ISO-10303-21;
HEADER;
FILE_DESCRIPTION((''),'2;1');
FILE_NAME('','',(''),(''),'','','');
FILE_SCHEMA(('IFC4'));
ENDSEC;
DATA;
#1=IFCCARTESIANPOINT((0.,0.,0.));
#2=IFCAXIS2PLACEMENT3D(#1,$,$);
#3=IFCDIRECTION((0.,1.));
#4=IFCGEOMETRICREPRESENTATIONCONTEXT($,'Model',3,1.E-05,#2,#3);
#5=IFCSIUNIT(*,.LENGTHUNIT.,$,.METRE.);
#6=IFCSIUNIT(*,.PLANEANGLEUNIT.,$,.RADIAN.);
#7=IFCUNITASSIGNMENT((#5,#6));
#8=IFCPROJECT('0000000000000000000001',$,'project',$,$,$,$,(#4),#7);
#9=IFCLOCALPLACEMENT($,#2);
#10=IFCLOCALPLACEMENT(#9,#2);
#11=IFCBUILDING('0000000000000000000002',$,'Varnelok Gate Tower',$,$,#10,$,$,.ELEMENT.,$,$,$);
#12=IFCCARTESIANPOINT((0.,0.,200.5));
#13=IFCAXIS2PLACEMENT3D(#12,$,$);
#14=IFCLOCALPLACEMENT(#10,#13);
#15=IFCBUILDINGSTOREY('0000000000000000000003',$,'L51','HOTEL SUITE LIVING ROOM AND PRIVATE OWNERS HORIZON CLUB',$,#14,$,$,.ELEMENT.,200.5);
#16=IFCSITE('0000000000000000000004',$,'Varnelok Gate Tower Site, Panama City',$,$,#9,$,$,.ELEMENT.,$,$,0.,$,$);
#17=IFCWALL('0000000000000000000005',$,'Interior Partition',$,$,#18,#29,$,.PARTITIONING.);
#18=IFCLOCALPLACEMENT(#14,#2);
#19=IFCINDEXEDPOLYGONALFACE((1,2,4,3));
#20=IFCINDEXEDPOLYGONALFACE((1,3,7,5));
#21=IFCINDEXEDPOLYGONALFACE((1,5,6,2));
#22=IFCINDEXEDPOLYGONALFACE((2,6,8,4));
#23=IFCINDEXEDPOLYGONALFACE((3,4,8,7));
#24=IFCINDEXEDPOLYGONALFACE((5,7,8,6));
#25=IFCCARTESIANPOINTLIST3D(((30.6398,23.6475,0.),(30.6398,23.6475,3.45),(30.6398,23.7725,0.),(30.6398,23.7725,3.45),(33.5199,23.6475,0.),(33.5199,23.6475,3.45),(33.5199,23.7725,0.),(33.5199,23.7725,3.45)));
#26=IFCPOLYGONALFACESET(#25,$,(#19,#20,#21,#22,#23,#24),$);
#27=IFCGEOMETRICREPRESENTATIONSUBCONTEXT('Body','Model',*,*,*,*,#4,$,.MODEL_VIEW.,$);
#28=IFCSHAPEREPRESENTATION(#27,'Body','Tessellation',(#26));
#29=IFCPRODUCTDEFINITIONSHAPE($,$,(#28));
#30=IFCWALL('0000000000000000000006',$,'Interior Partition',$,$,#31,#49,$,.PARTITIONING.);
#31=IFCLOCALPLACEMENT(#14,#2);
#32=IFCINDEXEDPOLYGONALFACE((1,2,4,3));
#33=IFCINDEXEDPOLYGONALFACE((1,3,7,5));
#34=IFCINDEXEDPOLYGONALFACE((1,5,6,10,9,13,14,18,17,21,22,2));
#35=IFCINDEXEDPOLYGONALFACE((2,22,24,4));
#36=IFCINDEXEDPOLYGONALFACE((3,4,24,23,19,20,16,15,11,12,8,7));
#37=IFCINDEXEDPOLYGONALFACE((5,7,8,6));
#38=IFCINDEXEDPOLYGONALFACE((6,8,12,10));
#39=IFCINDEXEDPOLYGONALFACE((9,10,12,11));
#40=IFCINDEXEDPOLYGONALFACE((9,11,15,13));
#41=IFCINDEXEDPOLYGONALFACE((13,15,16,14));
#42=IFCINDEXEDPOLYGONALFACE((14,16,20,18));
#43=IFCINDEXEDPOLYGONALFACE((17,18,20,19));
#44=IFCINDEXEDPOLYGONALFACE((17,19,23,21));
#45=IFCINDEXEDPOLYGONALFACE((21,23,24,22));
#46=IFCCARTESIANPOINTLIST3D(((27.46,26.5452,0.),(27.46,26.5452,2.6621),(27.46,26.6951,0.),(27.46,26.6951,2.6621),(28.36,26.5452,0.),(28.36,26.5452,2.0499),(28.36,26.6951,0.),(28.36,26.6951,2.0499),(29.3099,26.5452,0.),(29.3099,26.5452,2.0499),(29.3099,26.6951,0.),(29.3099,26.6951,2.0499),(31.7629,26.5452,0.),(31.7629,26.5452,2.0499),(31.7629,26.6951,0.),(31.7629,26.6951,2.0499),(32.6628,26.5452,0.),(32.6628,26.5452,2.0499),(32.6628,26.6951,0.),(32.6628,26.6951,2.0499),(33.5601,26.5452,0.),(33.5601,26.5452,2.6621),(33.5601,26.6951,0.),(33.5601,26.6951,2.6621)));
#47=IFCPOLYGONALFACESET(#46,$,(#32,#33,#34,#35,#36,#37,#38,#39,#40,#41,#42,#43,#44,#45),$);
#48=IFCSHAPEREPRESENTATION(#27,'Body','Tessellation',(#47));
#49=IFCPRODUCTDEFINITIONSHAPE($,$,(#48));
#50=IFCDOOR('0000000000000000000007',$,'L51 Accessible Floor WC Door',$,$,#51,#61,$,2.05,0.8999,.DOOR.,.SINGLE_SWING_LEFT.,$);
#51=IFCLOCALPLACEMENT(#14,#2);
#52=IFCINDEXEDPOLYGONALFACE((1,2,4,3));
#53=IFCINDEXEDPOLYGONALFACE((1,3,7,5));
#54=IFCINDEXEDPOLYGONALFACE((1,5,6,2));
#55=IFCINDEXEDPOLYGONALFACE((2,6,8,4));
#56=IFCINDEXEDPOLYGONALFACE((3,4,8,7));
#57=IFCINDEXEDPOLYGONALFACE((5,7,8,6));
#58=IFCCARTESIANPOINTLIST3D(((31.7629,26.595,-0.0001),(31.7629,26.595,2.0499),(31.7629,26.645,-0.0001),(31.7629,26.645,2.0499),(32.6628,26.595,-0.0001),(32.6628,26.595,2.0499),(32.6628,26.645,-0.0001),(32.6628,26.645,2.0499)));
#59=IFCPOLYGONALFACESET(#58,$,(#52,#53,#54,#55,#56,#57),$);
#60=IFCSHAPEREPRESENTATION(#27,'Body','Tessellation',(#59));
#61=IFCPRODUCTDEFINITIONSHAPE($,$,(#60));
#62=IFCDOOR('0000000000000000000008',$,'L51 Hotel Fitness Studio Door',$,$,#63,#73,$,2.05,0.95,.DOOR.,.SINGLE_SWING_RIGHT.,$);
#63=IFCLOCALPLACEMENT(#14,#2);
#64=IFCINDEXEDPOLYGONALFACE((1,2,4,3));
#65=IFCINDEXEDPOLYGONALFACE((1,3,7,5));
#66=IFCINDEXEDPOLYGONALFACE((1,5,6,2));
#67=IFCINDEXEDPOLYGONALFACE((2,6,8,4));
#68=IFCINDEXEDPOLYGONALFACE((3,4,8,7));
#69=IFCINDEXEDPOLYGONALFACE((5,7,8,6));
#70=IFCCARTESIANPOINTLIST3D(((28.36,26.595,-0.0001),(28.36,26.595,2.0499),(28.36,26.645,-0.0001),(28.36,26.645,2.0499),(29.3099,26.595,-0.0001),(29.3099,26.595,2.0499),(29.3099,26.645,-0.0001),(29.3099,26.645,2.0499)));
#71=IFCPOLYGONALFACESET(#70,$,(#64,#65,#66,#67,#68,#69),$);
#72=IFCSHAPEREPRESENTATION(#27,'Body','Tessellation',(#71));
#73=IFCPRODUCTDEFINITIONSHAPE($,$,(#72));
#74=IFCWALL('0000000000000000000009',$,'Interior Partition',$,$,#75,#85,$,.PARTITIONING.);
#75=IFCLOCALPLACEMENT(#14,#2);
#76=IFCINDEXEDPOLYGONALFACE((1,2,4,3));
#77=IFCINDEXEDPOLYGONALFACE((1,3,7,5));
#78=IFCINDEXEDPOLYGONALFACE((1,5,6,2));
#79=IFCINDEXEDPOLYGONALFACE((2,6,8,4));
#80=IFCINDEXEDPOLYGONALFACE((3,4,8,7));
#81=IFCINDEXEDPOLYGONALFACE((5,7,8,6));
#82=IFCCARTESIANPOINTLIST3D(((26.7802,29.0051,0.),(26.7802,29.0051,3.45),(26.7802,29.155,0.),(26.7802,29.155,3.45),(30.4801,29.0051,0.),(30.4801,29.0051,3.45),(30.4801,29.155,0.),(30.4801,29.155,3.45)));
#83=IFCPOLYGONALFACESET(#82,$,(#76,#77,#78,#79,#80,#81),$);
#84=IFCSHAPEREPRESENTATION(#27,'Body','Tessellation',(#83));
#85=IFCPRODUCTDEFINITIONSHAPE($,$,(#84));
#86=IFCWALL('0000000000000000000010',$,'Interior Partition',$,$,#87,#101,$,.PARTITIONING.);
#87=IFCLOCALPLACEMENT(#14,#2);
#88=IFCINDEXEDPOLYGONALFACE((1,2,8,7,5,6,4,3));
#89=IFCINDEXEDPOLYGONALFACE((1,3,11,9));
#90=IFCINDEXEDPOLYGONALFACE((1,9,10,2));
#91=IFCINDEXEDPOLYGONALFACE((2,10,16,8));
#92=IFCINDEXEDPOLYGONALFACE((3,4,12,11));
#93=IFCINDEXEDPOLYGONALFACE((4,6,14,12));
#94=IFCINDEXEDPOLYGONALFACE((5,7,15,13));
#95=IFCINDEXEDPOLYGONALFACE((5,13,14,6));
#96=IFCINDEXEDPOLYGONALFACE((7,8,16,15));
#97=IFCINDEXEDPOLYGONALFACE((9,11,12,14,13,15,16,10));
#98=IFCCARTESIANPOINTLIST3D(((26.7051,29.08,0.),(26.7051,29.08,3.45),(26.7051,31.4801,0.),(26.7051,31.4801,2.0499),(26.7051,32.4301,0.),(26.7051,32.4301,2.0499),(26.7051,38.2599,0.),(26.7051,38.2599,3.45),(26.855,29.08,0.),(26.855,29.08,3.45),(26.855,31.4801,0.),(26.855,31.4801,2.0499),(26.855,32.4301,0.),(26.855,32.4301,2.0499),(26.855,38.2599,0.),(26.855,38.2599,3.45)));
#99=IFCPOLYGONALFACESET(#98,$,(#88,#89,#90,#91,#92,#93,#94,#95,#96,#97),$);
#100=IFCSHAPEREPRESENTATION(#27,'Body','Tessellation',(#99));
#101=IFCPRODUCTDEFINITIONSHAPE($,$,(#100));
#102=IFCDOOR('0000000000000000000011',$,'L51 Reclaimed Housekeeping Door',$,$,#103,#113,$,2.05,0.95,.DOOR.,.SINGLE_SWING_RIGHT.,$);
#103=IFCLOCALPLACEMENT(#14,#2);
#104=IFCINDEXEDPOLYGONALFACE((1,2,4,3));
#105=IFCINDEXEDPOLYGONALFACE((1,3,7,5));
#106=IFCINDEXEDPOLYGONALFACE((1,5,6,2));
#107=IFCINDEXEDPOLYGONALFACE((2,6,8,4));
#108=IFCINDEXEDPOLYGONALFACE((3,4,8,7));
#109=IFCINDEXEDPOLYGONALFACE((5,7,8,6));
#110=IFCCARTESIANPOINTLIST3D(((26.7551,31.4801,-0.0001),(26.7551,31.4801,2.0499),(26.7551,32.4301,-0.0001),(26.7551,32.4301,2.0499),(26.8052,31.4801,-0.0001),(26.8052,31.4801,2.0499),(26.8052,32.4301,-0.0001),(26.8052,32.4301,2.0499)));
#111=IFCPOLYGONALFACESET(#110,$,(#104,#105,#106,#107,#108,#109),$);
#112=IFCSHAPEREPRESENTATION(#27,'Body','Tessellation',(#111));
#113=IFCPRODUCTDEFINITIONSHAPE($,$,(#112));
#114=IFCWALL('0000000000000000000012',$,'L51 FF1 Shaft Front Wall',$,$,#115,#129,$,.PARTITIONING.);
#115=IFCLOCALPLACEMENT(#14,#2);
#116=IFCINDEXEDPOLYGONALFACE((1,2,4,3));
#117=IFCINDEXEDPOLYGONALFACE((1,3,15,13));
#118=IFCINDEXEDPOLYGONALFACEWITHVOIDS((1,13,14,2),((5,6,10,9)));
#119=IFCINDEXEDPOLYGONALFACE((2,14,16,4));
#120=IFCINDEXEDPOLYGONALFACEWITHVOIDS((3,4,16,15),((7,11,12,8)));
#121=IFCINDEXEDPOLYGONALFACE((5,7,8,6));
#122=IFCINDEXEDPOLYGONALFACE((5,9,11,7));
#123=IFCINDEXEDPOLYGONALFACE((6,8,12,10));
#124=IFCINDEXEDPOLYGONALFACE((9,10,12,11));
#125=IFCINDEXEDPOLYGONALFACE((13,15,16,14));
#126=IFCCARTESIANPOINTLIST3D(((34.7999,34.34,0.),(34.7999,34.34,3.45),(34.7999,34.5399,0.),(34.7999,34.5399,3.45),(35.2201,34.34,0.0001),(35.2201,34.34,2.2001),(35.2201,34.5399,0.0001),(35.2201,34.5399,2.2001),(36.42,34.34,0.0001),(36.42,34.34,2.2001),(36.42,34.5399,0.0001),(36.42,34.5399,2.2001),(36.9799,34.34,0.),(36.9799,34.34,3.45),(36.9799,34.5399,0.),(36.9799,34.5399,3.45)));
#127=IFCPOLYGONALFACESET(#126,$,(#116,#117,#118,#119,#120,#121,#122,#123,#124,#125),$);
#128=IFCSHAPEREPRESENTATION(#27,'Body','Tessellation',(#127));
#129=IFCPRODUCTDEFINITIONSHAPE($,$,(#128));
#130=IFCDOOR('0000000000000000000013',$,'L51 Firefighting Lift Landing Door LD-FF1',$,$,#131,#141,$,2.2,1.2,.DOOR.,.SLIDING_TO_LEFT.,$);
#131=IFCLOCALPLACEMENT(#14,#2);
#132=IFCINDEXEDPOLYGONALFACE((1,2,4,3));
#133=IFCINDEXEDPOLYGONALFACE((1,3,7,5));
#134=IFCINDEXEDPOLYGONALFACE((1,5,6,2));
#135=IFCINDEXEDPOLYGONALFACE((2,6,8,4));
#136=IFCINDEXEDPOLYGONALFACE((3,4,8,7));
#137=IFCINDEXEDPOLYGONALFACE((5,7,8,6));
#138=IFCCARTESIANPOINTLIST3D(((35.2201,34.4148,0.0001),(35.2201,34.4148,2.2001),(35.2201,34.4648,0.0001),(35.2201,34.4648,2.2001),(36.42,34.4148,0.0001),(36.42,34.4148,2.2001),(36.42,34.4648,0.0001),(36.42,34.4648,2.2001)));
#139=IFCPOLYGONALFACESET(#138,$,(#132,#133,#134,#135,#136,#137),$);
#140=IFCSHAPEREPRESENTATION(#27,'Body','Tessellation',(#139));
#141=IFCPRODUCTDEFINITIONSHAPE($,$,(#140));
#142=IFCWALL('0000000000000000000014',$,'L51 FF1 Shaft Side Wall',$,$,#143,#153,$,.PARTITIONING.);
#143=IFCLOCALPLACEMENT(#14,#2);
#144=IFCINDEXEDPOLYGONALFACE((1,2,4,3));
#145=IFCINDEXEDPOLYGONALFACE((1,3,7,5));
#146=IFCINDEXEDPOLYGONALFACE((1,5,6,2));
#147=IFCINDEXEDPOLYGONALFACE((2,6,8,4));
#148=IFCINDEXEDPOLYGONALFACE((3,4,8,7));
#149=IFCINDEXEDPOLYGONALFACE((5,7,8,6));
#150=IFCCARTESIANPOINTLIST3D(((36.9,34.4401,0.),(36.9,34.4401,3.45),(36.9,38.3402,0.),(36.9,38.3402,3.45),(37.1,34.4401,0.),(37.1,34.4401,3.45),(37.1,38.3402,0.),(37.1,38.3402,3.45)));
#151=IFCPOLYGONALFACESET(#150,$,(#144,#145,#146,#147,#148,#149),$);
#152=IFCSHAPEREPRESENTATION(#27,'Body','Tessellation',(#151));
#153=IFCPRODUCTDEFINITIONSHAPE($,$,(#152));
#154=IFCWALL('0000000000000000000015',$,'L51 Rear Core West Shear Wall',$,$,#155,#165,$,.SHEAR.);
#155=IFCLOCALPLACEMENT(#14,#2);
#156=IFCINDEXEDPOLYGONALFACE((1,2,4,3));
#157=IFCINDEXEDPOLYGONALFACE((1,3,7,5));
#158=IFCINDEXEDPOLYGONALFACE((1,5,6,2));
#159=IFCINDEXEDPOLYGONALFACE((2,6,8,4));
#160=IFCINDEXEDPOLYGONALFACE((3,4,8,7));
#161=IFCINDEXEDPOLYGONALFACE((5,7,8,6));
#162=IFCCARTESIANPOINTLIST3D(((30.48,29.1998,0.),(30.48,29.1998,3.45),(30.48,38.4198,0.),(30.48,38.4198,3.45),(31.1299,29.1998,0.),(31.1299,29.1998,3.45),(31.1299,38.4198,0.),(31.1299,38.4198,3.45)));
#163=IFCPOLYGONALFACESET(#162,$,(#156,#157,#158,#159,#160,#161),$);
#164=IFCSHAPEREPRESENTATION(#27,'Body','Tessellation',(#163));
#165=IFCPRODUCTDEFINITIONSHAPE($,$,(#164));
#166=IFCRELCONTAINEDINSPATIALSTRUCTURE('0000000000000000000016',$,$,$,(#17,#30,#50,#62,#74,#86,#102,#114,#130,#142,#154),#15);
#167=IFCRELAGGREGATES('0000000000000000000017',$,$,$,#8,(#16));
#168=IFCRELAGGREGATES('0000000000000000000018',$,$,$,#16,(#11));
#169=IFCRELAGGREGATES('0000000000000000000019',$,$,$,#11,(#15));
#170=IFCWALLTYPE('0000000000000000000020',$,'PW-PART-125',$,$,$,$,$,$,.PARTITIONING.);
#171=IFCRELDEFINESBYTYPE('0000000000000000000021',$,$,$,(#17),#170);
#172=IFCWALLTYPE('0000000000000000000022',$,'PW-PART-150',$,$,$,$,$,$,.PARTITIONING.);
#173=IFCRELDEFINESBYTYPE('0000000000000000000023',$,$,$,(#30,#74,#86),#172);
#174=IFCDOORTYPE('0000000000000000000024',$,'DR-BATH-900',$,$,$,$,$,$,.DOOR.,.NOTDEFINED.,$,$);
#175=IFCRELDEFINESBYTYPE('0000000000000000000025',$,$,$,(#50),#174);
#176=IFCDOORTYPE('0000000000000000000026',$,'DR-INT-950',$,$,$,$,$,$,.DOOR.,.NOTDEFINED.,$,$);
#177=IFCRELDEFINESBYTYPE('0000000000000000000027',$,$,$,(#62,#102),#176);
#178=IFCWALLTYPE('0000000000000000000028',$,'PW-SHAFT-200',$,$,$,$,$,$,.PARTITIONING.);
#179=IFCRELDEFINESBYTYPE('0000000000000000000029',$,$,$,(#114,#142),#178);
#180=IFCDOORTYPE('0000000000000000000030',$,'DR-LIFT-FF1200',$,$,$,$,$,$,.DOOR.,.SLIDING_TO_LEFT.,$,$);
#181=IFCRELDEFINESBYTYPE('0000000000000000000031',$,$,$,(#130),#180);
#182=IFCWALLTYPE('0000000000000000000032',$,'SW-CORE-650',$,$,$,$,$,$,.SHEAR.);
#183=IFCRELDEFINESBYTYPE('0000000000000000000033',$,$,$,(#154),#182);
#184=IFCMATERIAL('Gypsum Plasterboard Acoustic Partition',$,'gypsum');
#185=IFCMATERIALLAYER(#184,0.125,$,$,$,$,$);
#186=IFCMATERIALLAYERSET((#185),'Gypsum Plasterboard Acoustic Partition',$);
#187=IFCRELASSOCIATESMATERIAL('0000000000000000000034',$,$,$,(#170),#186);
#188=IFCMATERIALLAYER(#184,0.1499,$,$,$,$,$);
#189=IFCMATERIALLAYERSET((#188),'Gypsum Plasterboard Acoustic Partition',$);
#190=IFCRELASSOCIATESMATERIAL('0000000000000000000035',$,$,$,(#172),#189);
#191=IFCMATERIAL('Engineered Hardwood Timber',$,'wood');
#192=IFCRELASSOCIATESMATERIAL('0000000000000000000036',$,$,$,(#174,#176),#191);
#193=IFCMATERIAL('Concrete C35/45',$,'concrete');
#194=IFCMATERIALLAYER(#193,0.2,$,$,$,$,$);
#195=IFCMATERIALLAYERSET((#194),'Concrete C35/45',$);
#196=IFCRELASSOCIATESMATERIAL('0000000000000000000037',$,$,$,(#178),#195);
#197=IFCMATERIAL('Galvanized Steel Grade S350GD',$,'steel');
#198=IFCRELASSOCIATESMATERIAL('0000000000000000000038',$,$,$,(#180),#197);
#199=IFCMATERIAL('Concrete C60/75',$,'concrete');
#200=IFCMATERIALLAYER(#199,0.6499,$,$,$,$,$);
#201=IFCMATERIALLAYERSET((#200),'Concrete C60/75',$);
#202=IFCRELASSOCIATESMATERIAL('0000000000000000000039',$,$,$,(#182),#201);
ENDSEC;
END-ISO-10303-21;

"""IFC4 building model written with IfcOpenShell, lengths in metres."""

from ifc_helpers import new_model, si_unit, direction, frame, frame_2d, origin, place, context, subcontext, project, spatial, rectangle, extrude, material, layer, layer_set, type_object, element, fill, save


model = new_model("IFC4")

# Units and contexts
model_context = context("Model", 3, precision=1e-05, world=origin(), true_north=direction((0.0, 1.0)))
body_context = subcontext(model_context, "Body", "Model", "MODEL_VIEW")
ifc_project = project(units=[si_unit("LENGTHUNIT", "METRE"), si_unit("PLANEANGLEUNIT", "RADIAN")], contexts=[model_context])

# Site, building, storey
site_placement = place(None, origin())
site = spatial("IfcSite", under=ifc_project, at=site_placement, Name="Varnelok Gate Tower Site, Panama City", CompositionType="ELEMENT", RefElevation=0.0)
building_placement = place(site_placement, origin())
building = spatial("IfcBuilding", under=site, at=building_placement, Name="Varnelok Gate Tower", CompositionType="ELEMENT")
storey_placement = place(building_placement, frame((0.0, 0.0, 200.5)))
storey = spatial("IfcBuildingStorey", under=building, at=storey_placement, Name="L51", Description="HOTEL SUITE LIVING ROOM AND PRIVATE OWNERS HORIZON CLUB", CompositionType="ELEMENT", Elevation=200.5)

# Shared definitions
ifc_material_1 = material(Name="Concrete C60/75", Category="concrete")

# Wall
ifc_material_2 = material(Name="Gypsum Plasterboard Acoustic Partition", Category="gypsum")
ifc_layer_1 = layer(ifc_material_2, 0.125)
ifc_layer_set_1 = layer_set([ifc_layer_1], Name="Gypsum Plasterboard Acoustic Partition")
wall_type_1 = type_object("IfcWallType", Name="PW-PART-125", PredefinedType="PARTITIONING", material=ifc_layer_set_1)
wall_1_placement = place(storey_placement, frame((30.6399, 23.71, 0.0), z_axis=(0.0, 0.0, 1.0), x_axis=(1.0, 0.0, 0.0)))
element("IfcWall", 1, at=wall_1_placement, inside=storey, type_object=wall_type_1, Name="Interior Partition", PredefinedType="PARTITIONING", context=body_context, shape_type="SweptSolid", body=[
    extrude(rectangle(XDim=2.8801, YDim=0.125, at=frame_2d((1.4399, 0.0))), origin(), (0.0, 0.0, 1.0), 3.45),
])

# Wall, openings, doors
ifc_layer_2 = layer(ifc_material_2, 0.1499)
ifc_layer_set_2 = layer_set([ifc_layer_2], Name="Gypsum Plasterboard Acoustic Partition")
wall_type_2 = type_object("IfcWallType", Name="PW-PART-150", PredefinedType="PARTITIONING", material=ifc_layer_set_2)
wall_2_placement = place(storey_placement, frame((27.46, 26.6201, 0.0), z_axis=(0.0, 0.0, 1.0), x_axis=(1.0, 0.0, 0.0)))
wall_2 = element("IfcWall", 2, at=wall_2_placement, inside=storey, type_object=wall_type_2, Name="Interior Partition", PredefinedType="PARTITIONING", context=body_context, shape_type="SweptSolid", body=[
    extrude(rectangle(XDim=6.1001, YDim=0.1499, at=frame_2d((3.05, 0.0))), origin(), (0.0, 0.0, 1.0), 2.6621),
])
opening_1_placement = place(wall_2_placement, frame((0.8999, 0.0, 0.0)))
opening_1 = element("IfcOpeningElement", 3, at=opening_1_placement, cuts=wall_2, PredefinedType="OPENING", context=body_context, shape_type="SweptSolid", body=[
    extrude(rectangle(XDim=0.95, YDim=2.05, at=frame_2d((0.4751, 1.0249))), frame((0.0, 0.085, 0.0), z_axis=(0.0, -1.0, 0.0), x_axis=(1.0, 0.0, 0.0)), (0.0, 0.0, 1.0), 0.1699),
])
opening_2_placement = place(wall_2_placement, frame((4.303, 0.0, 0.0)))
opening_2 = element("IfcOpeningElement", 4, at=opening_2_placement, cuts=wall_2, PredefinedType="OPENING", context=body_context, shape_type="SweptSolid", body=[
    extrude(rectangle(XDim=0.8999, YDim=2.05, at=frame_2d((0.45, 1.0249))), frame((0.0, 0.085, 0.0), z_axis=(0.0, -1.0, 0.0), x_axis=(1.0, 0.0, 0.0)), (0.0, 0.0, 1.0), 0.1699),
])
ifc_material_3 = material(Name="Engineered Hardwood Timber", Category="wood")
door_type_1 = type_object("IfcDoorType", Name="DR-BATH-900", OperationType="NOTDEFINED", PredefinedType="DOOR", material=ifc_material_3)
door_1_placement = place(opening_2_placement, origin())
door_1 = element("IfcDoor", 5, at=door_1_placement, inside=storey, type_object=door_type_1, Name="L51 Accessible Floor WC Door", OperationType="SINGLE_SWING_LEFT", OverallHeight=2.05, OverallWidth=0.8999, PredefinedType="DOOR", context=body_context, shape_type="SweptSolid", body=[
    extrude(rectangle(XDim=0.8999, YDim=2.05, at=frame_2d((0.45, 1.0249))), frame((0.0, 0.0249, 0.0), z_axis=(0.0, -1.0, 0.0), x_axis=(1.0, 0.0, 0.0)), (0.0, 0.0, 1.0), 0.05),
])
fill(opening_2, door_1)
door_type_2 = type_object("IfcDoorType", Name="DR-INT-950", OperationType="NOTDEFINED", PredefinedType="DOOR", material=ifc_material_3)
door_2_placement = place(opening_1_placement, origin())
door_2 = element("IfcDoor", 6, at=door_2_placement, inside=storey, type_object=door_type_2, Name="L51 Hotel Fitness Studio Door", OperationType="SINGLE_SWING_RIGHT", OverallHeight=2.05, OverallWidth=0.95, PredefinedType="DOOR", context=body_context, shape_type="SweptSolid", body=[
    extrude(rectangle(XDim=0.95, YDim=2.05, at=frame_2d((0.4751, 1.0249))), frame((0.0, 0.0249, 0.0), z_axis=(0.0, -1.0, 0.0), x_axis=(1.0, 0.0, 0.0)), (0.0, 0.0, 1.0), 0.05),
])
fill(opening_1, door_2)

# Wall
wall_3_placement = place(storey_placement, frame((26.78, 29.0801, 0.0), z_axis=(0.0, 0.0, 1.0), x_axis=(1.0, 0.0, 0.0)))
element("IfcWall", 7, at=wall_3_placement, inside=storey, type_object=wall_type_2, Name="Interior Partition", PredefinedType="PARTITIONING", context=body_context, shape_type="SweptSolid", body=[
    extrude(rectangle(XDim=3.7, YDim=0.1499, at=frame_2d((1.8501, 0.0))), origin(), (0.0, 0.0, 1.0), 3.45),
])

# Walls, openings, doors
wall_4_placement = place(storey_placement, frame((26.78, 29.0801, 0.0), z_axis=(0.0, 0.0, 1.0), x_axis=(0.0, 1.0, 0.0)))
wall_4 = element("IfcWall", 8, at=wall_4_placement, inside=storey, type_object=wall_type_2, Name="Interior Partition", PredefinedType="PARTITIONING", context=body_context, shape_type="SweptSolid", body=[
    extrude(rectangle(XDim=9.1799, YDim=0.1499, at=frame_2d((4.5898, 0.0))), origin(), (0.0, 0.0, 1.0), 3.45),
])
opening_3_placement = place(wall_4_placement, frame((2.3999, 0.0, 0.0)))
opening_3 = element("IfcOpeningElement", 9, at=opening_3_placement, cuts=wall_4, PredefinedType="OPENING", context=body_context, shape_type="SweptSolid", body=[
    extrude(rectangle(XDim=0.95, YDim=2.05, at=frame_2d((0.4751, 1.0249))), frame((0.0, 0.085, 0.0), z_axis=(0.0, -1.0, 0.0), x_axis=(1.0, 0.0, 0.0)), (0.0, 0.0, 1.0), 0.1699),
])
door_3_placement = place(opening_3_placement, origin())
door_3 = element("IfcDoor", 10, at=door_3_placement, inside=storey, type_object=door_type_2, Name="L51 Reclaimed Housekeeping Door", OperationType="SINGLE_SWING_RIGHT", OverallHeight=2.05, OverallWidth=0.95, PredefinedType="DOOR", context=body_context, shape_type="SweptSolid", body=[
    extrude(rectangle(XDim=0.95, YDim=2.05, at=frame_2d((0.4751, 1.0249))), frame((0.0, 0.0249, 0.0), z_axis=(0.0, -1.0, 0.0), x_axis=(1.0, 0.0, 0.0)), (0.0, 0.0, 1.0), 0.05),
])
fill(opening_3, door_3)
ifc_material_4 = material(Name="Concrete C35/45", Category="concrete")
ifc_layer_3 = layer(ifc_material_4, 0.2)
ifc_layer_set_3 = layer_set([ifc_layer_3], Name="Concrete C35/45")
wall_type_3 = type_object("IfcWallType", Name="PW-SHAFT-200", PredefinedType="PARTITIONING", material=ifc_layer_set_3)
wall_5_placement = place(storey_placement, frame((34.8, 34.4399, 0.0), z_axis=(0.0, 0.0, 1.0), x_axis=(1.0, 0.0, 0.0)))
wall_5 = element("IfcWall", 11, at=wall_5_placement, inside=storey, type_object=wall_type_3, Name="L51 FF1 Shaft Front Wall", PredefinedType="PARTITIONING", context=body_context, shape_type="SweptSolid", body=[
    extrude(rectangle(XDim=2.1799, YDim=0.2, at=frame_2d((1.0898, 0.0))), origin(), (0.0, 0.0, 1.0), 3.45),
])
opening_4_placement = place(wall_5_placement, frame((0.4199, 0.0, 0.0)))
opening_4 = element("IfcOpeningElement", 12, at=opening_4_placement, cuts=wall_5, PredefinedType="OPENING", context=body_context, shape_type="SweptSolid", body=[
    extrude(rectangle(XDim=1.2, YDim=2.2, at=frame_2d((0.6001, 1.1001))), frame((0.0, 0.1099, 0.0), z_axis=(0.0, -1.0, 0.0), x_axis=(1.0, 0.0, 0.0)), (0.0, 0.0, 1.0), 0.22),
])
ifc_material_5 = material(Name="Galvanized Steel Grade S350GD", Category="steel")
door_type_3 = type_object("IfcDoorType", Name="DR-LIFT-FF1200", OperationType="SLIDING_TO_LEFT", PredefinedType="DOOR", material=ifc_material_5)
door_4_placement = place(opening_4_placement, origin())
door_4 = element("IfcDoor", 13, at=door_4_placement, inside=storey, type_object=door_type_3, Name="L51 Firefighting Lift Landing Door LD-FF1", OperationType="SLIDING_TO_LEFT", OverallHeight=2.2, OverallWidth=1.2, PredefinedType="DOOR", context=body_context, shape_type="SweptSolid", body=[
    extrude(rectangle(XDim=1.2, YDim=2.2, at=frame_2d((0.6001, 1.1001))), frame((0.0, 0.0249, 0.0), z_axis=(0.0, -1.0, 0.0), x_axis=(1.0, 0.0, 0.0)), (0.0, 0.0, 1.0), 0.05),
])
fill(opening_4, door_4)

# Walls
wall_6_placement = place(storey_placement, frame((37.0, 34.4399, 0.0), z_axis=(0.0, 0.0, 1.0), x_axis=(0.0, 1.0, 0.0)))
element("IfcWall", 14, at=wall_6_placement, inside=storey, type_object=wall_type_3, Name="L51 FF1 Shaft Side Wall", PredefinedType="PARTITIONING", context=body_context, shape_type="SweptSolid", body=[
    extrude(rectangle(XDim=3.9001, YDim=0.2, at=frame_2d((1.9502, 0.0))), origin(), (0.0, 0.0, 1.0), 3.45),
])
ifc_layer_4 = layer(ifc_material_1, 0.6499)
ifc_layer_set_4 = layer_set([ifc_layer_4], Name="Concrete C60/75")
wall_type_4 = type_object("IfcWallType", Name="SW-CORE-650", PredefinedType="SHEAR", material=ifc_layer_set_4)
wall_7_placement = place(storey_placement, frame((30.8049, 29.2, 0.0), z_axis=(0.0, 0.0, 1.0), x_axis=(0.0, 1.0, 0.0)))
element("IfcWall", 15, at=wall_7_placement, inside=storey, type_object=wall_type_4, Name="L51 Rear Core West Shear Wall", PredefinedType="SHEAR", context=body_context, shape_type="SweptSolid", body=[
    extrude(rectangle(XDim=9.22, YDim=0.6499, at=frame_2d((4.6099, 0.0))), origin(), (0.0, 0.0, 1.0), 3.45),
])

save(model, "model.ifc")
